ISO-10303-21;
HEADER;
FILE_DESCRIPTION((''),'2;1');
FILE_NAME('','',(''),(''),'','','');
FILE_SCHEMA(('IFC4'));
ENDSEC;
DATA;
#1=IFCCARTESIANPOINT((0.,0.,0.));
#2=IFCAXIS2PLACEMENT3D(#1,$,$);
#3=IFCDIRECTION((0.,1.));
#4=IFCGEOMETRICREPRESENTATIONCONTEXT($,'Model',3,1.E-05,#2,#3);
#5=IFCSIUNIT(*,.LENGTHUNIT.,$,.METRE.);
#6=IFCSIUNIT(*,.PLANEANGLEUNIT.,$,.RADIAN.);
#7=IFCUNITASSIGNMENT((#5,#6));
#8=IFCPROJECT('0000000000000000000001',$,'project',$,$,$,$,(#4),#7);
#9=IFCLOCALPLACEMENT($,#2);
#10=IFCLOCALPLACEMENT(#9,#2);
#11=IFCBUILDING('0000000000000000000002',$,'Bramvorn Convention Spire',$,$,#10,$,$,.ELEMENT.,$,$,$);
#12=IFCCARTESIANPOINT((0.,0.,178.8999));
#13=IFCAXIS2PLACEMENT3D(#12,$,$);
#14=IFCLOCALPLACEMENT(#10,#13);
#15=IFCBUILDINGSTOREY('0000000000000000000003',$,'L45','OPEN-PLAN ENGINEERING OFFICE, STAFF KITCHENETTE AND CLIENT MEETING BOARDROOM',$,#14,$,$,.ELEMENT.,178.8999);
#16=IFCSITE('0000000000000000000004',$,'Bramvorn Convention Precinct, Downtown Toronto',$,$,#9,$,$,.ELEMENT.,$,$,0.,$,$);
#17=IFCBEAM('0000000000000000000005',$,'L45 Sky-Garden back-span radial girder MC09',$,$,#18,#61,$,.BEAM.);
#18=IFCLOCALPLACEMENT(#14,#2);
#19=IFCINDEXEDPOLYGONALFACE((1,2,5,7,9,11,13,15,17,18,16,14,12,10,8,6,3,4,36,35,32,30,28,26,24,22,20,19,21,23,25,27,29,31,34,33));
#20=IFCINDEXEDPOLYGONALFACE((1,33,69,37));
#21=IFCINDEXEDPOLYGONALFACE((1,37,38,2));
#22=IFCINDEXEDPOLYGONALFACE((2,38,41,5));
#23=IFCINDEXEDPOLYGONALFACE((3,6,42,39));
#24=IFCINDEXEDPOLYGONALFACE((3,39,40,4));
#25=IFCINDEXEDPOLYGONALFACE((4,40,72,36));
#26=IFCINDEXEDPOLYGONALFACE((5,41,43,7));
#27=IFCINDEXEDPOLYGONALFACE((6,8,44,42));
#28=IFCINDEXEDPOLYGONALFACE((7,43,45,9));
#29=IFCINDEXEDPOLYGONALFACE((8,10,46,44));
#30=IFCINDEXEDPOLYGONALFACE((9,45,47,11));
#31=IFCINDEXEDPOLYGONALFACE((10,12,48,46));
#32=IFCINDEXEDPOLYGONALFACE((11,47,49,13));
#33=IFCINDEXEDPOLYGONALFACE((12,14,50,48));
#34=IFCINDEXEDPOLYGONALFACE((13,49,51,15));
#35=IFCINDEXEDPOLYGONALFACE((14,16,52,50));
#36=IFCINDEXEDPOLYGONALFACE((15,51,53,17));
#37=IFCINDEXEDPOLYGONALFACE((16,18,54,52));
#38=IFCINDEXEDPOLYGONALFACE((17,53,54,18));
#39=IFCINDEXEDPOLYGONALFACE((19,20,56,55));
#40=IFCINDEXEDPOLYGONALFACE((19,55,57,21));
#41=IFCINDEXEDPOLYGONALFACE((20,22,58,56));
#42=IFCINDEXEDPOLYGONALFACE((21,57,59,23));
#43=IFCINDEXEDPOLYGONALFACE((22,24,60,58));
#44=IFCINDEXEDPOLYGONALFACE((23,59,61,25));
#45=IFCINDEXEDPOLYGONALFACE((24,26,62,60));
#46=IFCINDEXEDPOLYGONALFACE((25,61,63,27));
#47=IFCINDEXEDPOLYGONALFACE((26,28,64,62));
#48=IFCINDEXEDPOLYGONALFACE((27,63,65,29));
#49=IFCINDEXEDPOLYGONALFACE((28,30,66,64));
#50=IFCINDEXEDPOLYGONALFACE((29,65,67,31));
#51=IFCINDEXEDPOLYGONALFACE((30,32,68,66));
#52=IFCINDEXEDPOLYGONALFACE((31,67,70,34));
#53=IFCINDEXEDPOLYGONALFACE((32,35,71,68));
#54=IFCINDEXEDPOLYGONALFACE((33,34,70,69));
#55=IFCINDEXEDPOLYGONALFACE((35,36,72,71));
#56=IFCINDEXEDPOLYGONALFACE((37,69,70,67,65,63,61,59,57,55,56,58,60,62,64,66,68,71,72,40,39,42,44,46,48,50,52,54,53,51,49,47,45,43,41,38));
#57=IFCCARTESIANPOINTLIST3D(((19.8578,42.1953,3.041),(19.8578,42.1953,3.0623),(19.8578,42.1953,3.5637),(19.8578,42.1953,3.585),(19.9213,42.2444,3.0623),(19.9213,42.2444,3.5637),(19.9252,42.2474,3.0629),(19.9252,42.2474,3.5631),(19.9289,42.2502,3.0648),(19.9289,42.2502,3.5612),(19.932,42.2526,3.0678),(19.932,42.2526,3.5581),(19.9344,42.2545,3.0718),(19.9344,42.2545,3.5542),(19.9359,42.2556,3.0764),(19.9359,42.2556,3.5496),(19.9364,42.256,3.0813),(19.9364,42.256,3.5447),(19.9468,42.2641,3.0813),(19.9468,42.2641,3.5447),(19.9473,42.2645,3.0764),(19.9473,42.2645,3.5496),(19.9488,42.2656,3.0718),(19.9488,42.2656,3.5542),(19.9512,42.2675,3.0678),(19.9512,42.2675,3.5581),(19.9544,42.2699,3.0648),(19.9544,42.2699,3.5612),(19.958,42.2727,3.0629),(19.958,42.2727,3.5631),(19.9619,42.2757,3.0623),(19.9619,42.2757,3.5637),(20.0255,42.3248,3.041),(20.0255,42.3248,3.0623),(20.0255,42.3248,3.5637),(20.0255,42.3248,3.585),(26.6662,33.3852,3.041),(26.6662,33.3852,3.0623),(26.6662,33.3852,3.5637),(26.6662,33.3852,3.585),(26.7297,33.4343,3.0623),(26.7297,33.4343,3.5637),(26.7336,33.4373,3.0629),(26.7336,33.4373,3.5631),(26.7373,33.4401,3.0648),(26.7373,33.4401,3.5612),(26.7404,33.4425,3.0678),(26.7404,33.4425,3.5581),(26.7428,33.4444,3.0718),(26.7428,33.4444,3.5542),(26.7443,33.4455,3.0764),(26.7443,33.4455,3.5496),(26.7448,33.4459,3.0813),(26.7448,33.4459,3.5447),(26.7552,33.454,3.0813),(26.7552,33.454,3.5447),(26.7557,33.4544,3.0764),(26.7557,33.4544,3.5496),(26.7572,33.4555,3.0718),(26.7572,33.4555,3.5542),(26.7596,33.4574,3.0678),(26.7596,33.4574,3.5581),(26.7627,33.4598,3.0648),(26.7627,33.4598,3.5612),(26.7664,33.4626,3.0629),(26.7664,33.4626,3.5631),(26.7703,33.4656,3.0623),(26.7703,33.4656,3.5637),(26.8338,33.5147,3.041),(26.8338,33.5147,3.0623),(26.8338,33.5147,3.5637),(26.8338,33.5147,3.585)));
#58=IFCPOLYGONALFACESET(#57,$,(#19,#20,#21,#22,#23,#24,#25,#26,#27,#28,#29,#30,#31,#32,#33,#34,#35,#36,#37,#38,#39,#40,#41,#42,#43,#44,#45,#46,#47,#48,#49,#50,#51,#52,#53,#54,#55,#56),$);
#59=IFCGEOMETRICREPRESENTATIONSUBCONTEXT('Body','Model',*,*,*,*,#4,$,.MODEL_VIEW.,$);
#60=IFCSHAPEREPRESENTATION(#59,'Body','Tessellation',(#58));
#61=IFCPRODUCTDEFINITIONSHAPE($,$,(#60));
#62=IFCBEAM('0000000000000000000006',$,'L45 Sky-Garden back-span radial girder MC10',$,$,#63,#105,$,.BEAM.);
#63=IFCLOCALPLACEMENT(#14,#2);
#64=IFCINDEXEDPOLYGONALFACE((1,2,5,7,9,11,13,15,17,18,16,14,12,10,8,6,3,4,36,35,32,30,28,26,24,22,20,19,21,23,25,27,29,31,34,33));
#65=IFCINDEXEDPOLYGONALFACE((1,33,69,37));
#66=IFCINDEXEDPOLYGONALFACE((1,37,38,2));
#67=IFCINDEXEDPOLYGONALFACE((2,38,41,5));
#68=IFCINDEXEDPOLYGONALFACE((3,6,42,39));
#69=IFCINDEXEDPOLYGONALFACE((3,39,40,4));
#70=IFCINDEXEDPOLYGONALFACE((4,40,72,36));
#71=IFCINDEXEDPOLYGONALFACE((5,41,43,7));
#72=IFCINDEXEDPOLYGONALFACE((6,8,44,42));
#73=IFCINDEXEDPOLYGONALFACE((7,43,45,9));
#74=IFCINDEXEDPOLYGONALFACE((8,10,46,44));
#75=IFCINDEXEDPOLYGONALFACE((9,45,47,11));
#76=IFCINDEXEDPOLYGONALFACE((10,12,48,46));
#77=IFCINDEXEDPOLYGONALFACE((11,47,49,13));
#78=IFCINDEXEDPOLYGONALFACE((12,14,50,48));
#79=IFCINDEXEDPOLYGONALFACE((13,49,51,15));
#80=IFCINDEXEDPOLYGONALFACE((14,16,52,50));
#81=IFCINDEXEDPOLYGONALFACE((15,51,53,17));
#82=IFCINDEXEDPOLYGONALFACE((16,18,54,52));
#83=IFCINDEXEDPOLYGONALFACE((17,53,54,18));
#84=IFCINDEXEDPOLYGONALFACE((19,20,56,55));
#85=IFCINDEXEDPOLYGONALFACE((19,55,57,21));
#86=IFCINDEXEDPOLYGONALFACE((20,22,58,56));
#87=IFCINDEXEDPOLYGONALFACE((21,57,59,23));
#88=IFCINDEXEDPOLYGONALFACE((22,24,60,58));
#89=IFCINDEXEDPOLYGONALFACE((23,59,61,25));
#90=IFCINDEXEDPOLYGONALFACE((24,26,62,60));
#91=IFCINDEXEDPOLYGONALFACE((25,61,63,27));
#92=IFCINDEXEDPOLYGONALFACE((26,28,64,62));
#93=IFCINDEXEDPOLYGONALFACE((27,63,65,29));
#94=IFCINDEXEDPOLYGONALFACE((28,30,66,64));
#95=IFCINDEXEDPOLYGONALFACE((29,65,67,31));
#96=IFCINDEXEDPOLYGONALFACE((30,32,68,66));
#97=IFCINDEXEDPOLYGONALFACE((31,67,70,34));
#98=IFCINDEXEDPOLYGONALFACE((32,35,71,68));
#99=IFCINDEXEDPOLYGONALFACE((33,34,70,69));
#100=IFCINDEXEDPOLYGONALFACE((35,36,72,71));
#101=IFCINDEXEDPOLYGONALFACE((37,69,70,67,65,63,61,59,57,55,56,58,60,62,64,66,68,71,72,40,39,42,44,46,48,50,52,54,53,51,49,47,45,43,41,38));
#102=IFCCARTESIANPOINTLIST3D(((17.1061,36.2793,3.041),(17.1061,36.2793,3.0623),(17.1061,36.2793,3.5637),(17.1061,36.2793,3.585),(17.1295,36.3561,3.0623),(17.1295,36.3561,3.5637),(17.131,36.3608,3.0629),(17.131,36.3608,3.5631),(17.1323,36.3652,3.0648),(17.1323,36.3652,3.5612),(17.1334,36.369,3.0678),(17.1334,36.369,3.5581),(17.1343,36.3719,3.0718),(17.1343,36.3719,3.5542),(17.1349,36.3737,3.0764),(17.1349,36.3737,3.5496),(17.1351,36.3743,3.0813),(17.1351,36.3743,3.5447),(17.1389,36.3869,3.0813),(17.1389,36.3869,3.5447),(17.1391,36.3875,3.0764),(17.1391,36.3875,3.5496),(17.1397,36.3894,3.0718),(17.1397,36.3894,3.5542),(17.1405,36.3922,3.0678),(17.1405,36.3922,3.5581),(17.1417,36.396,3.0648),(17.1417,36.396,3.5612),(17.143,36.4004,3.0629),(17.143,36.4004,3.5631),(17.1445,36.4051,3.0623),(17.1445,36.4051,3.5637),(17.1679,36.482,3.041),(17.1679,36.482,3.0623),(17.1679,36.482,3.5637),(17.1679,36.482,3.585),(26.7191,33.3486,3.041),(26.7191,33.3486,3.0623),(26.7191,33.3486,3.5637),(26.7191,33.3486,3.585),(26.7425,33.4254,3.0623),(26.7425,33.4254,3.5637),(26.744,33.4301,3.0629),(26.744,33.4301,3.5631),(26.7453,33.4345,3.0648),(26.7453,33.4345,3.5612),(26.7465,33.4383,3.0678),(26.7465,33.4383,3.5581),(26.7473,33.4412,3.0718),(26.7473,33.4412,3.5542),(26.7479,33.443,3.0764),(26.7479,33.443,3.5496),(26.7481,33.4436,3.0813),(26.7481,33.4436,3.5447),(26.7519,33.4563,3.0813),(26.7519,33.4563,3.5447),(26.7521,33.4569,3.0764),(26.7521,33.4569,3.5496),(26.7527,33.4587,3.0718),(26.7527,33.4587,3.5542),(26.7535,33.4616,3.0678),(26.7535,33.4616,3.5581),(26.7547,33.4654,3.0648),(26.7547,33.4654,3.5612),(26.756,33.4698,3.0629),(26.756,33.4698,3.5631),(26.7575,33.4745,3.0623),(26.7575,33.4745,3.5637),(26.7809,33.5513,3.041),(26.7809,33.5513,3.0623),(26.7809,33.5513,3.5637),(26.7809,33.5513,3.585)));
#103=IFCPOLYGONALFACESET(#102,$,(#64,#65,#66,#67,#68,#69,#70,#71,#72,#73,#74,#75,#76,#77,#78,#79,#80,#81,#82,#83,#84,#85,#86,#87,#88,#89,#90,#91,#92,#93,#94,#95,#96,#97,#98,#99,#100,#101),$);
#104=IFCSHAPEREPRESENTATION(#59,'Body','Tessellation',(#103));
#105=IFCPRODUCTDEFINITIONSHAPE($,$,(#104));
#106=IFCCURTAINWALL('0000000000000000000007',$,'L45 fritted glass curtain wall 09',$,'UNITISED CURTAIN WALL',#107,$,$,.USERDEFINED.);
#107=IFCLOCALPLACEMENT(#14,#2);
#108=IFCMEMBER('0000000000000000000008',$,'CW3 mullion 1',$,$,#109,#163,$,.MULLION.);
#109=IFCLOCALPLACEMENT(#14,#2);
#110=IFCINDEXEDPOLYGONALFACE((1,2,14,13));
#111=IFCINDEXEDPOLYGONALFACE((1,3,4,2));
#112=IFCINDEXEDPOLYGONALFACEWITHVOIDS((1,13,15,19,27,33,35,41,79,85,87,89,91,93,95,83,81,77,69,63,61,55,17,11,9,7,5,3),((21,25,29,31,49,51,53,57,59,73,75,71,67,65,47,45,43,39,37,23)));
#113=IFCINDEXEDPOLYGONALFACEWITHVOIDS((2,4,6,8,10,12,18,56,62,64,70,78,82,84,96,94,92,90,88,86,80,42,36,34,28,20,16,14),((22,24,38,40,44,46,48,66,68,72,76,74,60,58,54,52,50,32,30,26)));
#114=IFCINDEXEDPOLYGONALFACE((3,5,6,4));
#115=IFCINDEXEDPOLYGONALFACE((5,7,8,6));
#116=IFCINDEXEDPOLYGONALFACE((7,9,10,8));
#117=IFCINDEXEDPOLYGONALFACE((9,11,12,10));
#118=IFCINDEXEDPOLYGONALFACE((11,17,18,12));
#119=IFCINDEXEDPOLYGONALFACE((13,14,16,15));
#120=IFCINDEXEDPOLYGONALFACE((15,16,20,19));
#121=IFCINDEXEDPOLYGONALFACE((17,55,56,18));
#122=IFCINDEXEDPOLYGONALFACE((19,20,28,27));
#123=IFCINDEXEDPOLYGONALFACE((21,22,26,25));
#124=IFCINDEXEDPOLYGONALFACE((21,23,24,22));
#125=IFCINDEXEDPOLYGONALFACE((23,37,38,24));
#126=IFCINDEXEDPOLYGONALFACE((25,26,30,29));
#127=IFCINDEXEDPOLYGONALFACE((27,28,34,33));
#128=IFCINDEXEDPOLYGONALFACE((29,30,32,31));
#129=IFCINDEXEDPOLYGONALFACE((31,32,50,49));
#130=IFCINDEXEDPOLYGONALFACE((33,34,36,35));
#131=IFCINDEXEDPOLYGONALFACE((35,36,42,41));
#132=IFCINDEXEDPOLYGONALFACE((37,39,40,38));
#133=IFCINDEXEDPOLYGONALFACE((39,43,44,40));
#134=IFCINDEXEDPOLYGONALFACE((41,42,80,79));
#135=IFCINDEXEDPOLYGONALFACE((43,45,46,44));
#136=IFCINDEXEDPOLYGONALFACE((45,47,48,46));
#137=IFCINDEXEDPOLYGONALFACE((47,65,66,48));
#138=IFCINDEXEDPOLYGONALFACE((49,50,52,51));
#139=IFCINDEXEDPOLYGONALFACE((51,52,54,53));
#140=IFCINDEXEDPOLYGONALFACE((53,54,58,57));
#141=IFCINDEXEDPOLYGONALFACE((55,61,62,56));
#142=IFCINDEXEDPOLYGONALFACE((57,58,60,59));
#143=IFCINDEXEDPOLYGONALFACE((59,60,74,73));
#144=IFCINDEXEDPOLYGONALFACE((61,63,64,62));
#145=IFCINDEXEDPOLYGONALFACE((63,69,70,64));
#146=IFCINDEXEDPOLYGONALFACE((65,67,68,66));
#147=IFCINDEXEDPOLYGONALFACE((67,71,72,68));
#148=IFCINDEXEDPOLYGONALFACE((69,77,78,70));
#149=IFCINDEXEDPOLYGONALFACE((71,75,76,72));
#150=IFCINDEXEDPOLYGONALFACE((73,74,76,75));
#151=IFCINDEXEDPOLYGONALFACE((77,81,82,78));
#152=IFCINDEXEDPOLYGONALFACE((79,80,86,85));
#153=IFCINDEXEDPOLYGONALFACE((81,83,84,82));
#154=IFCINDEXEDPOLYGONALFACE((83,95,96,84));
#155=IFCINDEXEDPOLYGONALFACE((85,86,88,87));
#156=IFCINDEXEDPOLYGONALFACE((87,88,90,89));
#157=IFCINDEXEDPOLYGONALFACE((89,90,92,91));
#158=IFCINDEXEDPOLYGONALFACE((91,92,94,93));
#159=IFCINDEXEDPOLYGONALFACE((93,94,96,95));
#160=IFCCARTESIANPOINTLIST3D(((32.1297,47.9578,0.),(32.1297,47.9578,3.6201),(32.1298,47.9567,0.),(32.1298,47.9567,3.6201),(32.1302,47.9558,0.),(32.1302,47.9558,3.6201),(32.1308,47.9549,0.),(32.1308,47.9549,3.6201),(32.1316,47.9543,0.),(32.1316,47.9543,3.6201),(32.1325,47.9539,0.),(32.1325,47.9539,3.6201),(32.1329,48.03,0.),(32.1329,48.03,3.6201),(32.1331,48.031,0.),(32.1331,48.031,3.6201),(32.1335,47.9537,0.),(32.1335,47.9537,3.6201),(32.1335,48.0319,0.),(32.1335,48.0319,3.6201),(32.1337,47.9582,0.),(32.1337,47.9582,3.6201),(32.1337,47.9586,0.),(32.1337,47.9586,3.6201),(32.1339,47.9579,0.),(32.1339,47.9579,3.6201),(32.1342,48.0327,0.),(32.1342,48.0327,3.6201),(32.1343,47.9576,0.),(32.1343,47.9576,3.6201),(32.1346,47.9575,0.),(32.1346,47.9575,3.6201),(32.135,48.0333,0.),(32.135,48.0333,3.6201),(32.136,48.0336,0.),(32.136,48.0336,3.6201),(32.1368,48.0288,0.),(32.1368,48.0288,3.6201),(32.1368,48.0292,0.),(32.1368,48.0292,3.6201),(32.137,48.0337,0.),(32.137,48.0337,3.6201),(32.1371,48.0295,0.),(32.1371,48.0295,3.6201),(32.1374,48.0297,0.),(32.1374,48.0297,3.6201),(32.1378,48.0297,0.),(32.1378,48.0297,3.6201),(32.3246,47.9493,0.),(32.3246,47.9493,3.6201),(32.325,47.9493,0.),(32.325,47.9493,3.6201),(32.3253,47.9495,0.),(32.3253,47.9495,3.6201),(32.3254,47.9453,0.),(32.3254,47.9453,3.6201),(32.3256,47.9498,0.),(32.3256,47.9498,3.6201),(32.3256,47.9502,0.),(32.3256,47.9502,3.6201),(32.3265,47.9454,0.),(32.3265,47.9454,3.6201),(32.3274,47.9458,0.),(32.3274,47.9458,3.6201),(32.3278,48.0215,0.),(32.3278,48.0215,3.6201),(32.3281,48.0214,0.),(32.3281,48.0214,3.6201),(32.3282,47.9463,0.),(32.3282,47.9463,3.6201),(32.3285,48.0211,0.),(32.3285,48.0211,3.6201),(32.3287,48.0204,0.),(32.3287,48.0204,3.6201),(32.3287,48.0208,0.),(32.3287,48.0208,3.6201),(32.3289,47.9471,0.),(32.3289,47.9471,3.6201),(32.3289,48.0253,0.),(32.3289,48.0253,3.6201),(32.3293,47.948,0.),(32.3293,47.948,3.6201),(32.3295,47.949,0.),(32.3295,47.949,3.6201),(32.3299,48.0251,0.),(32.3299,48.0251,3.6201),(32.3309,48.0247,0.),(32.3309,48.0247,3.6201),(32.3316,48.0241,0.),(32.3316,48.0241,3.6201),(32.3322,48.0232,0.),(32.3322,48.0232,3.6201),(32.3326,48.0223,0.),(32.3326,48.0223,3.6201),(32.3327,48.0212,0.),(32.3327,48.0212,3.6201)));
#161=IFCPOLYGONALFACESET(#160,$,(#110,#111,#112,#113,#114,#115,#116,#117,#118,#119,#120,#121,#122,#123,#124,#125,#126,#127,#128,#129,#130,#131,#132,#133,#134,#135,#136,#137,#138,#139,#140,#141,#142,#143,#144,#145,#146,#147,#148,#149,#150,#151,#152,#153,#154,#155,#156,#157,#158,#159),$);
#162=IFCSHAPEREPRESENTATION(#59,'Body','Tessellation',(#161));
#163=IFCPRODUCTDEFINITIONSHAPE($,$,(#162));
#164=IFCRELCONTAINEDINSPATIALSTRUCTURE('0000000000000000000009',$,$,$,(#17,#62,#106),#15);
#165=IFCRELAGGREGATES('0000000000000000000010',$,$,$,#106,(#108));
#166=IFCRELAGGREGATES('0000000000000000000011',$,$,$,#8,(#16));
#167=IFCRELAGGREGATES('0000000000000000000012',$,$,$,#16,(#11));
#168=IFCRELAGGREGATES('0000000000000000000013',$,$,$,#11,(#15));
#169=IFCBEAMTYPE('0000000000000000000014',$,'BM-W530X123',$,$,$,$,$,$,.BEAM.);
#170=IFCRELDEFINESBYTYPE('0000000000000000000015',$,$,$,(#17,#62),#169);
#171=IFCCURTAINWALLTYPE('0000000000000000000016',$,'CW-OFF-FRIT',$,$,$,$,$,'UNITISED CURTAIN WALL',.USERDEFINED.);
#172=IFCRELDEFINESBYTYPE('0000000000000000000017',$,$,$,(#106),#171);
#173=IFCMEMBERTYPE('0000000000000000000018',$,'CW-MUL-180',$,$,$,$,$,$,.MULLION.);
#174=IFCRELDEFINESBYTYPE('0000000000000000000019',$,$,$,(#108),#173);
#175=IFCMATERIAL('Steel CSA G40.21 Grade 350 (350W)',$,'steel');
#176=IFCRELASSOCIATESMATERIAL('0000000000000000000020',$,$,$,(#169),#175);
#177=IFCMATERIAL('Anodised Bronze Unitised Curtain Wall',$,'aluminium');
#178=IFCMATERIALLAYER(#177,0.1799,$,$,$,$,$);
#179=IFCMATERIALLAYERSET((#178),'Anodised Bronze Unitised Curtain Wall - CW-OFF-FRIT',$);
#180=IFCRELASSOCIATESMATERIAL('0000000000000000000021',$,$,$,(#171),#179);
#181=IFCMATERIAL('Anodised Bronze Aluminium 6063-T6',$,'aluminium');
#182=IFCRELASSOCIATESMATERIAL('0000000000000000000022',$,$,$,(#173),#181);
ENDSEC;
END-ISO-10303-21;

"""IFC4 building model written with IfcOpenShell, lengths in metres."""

from ifc_helpers import new_model, si_unit, direction, frame, origin, origin_2d, place, context, subcontext, project, spatial, hollow_rectangle, i_section, extrude, material, layer, layer_set, material_profile, profile_set, type_object, element, aggregate, save


model = new_model("IFC4")

# Units and contexts
model_context = context("Model", 3, precision=1e-05, world=origin(), true_north=direction((0.0, 1.0)))
body_context = subcontext(model_context, "Body", "Model", "MODEL_VIEW")
ifc_project = project(units=[si_unit("LENGTHUNIT", "METRE"), si_unit("PLANEANGLEUNIT", "RADIAN")], contexts=[model_context])

# Site, building, storey
site_placement = place(None, origin())
site = spatial("IfcSite", under=ifc_project, at=site_placement, Name="Bramvorn Convention Precinct, Downtown Toronto", CompositionType="ELEMENT", RefElevation=0.0)
building_placement = place(site_placement, origin())
building = spatial("IfcBuilding", under=site, at=building_placement, Name="Bramvorn Convention Spire", CompositionType="ELEMENT")
storey_placement = place(building_placement, frame((0.0, 0.0, 178.8999)))
storey = spatial("IfcBuildingStorey", under=building, at=storey_placement, Name="L45", Description="OPEN-PLAN ENGINEERING OFFICE, STAFF KITCHENETTE AND CLIENT MEETING BOARDROOM", CompositionType="ELEMENT", Elevation=178.8999)

# Shared definitions
ifc_material_1 = material(Name="Steel CSA G40.21 Grade 350 (350W)", Category="steel")

# Beams
ifc_material_profile_1 = material_profile(ifc_material_1, i_section(OverallWidth=0.2119, OverallDepth=0.5439, WebThickness=0.0132, FlangeThickness=0.0212, FilletRadius=0.019, at=origin_2d()))
ifc_profile_set_1 = profile_set([ifc_material_profile_1], Name="Steel CSA G40.21 Grade 350 (350W) - W530X123")
beam_type_1 = type_object("IfcBeamType", Name="BM-W530X123", PredefinedType="BEAM", material=ifc_profile_set_1)
beam_1_placement = place(storey_placement, frame((26.75, 33.45, 3.313), z_axis=(-0.61148, 0.79126, 0.0), x_axis=(-0.79126, -0.61148, 0.0)))
element("IfcBeam", 1, at=beam_1_placement, inside=storey, type_object=beam_type_1, Name="L45 Sky-Garden back-span radial girder MC09", PredefinedType="BEAM", context=body_context, shape_type="SweptSolid", body=[
    extrude(i_section(OverallWidth=0.2119, OverallDepth=0.5439, WebThickness=0.0132, FlangeThickness=0.0212, FilletRadius=0.019, at=origin_2d()), origin(), (0.0, 0.0, 1.0), 11.1343),
])
beam_2_placement = place(storey_placement, frame((26.75, 33.45, 3.313), z_axis=(-0.956536, 0.291613, 0.0), x_axis=(-0.291613, -0.956536, 0.0)))
element("IfcBeam", 2, at=beam_2_placement, inside=storey, type_object=beam_type_1, Name="L45 Sky-Garden back-span radial girder MC10", PredefinedType="BEAM", context=body_context, shape_type="SweptSolid", body=[
    extrude(i_section(OverallWidth=0.2119, OverallDepth=0.5439, WebThickness=0.0132, FlangeThickness=0.0212, FilletRadius=0.019, at=origin_2d()), origin(), (0.0, 0.0, 1.0), 10.0498),
])

# Curtain wall, member
ifc_material_2 = material(Name="Anodised Bronze Unitised Curtain Wall", Category="aluminium")
ifc_layer_1 = layer(ifc_material_2, 0.1799)
ifc_layer_set_1 = layer_set([ifc_layer_1], Name="Anodised Bronze Unitised Curtain Wall - CW-OFF-FRIT")
curtain_wall_type = type_object("IfcCurtainWallType", Name="CW-OFF-FRIT", ElementType="UNITISED CURTAIN WALL", PredefinedType="USERDEFINED", material=ifc_layer_set_1)
curtain_wall_1_placement = place(storey_placement, origin())
curtain_wall_1 = element("IfcCurtainWall", 3, at=curtain_wall_1_placement, inside=storey, type_object=curtain_wall_type, Name="L45 fritted glass curtain wall 09", ObjectType="UNITISED CURTAIN WALL", PredefinedType="USERDEFINED")
ifc_material_3 = material(Name="Anodised Bronze Aluminium 6063-T6", Category="aluminium")
ifc_material_profile_2 = material_profile(ifc_material_3, hollow_rectangle(XDim=0.0801, YDim=0.2, WallThickness=0.0039, InnerFilletRadius=0.001, OuterFilletRadius=0.0039, at=origin_2d()))
ifc_profile_set_2 = profile_set([ifc_material_profile_2], Name="Anodised Bronze Aluminium 6063-T6 - CWM80X200")
member_type_1 = type_object("IfcMemberType", Name="CW-MUL-180", PredefinedType="MULLION", material=ifc_profile_set_2)
member_1_placement = place(storey_placement, frame((32.2312, 47.9895, 0.0), z_axis=(0.0, 0.0, 1.0), x_axis=(0.04357, 0.99905, 0.0)))
member_1 = element("IfcMember", 4, at=member_1_placement, type_object=member_type_1, Name="CW3 mullion 1", PredefinedType="MULLION", context=body_context, shape_type="SweptSolid", body=[
    extrude(hollow_rectangle(XDim=0.0801, YDim=0.2, WallThickness=0.0039, InnerFilletRadius=0.001, OuterFilletRadius=0.0039, at=origin_2d()), origin(), (0.0, 0.0, 1.0), 3.6201),
])

aggregate(curtain_wall_1, [member_1])

save(model, "model.ifc")
